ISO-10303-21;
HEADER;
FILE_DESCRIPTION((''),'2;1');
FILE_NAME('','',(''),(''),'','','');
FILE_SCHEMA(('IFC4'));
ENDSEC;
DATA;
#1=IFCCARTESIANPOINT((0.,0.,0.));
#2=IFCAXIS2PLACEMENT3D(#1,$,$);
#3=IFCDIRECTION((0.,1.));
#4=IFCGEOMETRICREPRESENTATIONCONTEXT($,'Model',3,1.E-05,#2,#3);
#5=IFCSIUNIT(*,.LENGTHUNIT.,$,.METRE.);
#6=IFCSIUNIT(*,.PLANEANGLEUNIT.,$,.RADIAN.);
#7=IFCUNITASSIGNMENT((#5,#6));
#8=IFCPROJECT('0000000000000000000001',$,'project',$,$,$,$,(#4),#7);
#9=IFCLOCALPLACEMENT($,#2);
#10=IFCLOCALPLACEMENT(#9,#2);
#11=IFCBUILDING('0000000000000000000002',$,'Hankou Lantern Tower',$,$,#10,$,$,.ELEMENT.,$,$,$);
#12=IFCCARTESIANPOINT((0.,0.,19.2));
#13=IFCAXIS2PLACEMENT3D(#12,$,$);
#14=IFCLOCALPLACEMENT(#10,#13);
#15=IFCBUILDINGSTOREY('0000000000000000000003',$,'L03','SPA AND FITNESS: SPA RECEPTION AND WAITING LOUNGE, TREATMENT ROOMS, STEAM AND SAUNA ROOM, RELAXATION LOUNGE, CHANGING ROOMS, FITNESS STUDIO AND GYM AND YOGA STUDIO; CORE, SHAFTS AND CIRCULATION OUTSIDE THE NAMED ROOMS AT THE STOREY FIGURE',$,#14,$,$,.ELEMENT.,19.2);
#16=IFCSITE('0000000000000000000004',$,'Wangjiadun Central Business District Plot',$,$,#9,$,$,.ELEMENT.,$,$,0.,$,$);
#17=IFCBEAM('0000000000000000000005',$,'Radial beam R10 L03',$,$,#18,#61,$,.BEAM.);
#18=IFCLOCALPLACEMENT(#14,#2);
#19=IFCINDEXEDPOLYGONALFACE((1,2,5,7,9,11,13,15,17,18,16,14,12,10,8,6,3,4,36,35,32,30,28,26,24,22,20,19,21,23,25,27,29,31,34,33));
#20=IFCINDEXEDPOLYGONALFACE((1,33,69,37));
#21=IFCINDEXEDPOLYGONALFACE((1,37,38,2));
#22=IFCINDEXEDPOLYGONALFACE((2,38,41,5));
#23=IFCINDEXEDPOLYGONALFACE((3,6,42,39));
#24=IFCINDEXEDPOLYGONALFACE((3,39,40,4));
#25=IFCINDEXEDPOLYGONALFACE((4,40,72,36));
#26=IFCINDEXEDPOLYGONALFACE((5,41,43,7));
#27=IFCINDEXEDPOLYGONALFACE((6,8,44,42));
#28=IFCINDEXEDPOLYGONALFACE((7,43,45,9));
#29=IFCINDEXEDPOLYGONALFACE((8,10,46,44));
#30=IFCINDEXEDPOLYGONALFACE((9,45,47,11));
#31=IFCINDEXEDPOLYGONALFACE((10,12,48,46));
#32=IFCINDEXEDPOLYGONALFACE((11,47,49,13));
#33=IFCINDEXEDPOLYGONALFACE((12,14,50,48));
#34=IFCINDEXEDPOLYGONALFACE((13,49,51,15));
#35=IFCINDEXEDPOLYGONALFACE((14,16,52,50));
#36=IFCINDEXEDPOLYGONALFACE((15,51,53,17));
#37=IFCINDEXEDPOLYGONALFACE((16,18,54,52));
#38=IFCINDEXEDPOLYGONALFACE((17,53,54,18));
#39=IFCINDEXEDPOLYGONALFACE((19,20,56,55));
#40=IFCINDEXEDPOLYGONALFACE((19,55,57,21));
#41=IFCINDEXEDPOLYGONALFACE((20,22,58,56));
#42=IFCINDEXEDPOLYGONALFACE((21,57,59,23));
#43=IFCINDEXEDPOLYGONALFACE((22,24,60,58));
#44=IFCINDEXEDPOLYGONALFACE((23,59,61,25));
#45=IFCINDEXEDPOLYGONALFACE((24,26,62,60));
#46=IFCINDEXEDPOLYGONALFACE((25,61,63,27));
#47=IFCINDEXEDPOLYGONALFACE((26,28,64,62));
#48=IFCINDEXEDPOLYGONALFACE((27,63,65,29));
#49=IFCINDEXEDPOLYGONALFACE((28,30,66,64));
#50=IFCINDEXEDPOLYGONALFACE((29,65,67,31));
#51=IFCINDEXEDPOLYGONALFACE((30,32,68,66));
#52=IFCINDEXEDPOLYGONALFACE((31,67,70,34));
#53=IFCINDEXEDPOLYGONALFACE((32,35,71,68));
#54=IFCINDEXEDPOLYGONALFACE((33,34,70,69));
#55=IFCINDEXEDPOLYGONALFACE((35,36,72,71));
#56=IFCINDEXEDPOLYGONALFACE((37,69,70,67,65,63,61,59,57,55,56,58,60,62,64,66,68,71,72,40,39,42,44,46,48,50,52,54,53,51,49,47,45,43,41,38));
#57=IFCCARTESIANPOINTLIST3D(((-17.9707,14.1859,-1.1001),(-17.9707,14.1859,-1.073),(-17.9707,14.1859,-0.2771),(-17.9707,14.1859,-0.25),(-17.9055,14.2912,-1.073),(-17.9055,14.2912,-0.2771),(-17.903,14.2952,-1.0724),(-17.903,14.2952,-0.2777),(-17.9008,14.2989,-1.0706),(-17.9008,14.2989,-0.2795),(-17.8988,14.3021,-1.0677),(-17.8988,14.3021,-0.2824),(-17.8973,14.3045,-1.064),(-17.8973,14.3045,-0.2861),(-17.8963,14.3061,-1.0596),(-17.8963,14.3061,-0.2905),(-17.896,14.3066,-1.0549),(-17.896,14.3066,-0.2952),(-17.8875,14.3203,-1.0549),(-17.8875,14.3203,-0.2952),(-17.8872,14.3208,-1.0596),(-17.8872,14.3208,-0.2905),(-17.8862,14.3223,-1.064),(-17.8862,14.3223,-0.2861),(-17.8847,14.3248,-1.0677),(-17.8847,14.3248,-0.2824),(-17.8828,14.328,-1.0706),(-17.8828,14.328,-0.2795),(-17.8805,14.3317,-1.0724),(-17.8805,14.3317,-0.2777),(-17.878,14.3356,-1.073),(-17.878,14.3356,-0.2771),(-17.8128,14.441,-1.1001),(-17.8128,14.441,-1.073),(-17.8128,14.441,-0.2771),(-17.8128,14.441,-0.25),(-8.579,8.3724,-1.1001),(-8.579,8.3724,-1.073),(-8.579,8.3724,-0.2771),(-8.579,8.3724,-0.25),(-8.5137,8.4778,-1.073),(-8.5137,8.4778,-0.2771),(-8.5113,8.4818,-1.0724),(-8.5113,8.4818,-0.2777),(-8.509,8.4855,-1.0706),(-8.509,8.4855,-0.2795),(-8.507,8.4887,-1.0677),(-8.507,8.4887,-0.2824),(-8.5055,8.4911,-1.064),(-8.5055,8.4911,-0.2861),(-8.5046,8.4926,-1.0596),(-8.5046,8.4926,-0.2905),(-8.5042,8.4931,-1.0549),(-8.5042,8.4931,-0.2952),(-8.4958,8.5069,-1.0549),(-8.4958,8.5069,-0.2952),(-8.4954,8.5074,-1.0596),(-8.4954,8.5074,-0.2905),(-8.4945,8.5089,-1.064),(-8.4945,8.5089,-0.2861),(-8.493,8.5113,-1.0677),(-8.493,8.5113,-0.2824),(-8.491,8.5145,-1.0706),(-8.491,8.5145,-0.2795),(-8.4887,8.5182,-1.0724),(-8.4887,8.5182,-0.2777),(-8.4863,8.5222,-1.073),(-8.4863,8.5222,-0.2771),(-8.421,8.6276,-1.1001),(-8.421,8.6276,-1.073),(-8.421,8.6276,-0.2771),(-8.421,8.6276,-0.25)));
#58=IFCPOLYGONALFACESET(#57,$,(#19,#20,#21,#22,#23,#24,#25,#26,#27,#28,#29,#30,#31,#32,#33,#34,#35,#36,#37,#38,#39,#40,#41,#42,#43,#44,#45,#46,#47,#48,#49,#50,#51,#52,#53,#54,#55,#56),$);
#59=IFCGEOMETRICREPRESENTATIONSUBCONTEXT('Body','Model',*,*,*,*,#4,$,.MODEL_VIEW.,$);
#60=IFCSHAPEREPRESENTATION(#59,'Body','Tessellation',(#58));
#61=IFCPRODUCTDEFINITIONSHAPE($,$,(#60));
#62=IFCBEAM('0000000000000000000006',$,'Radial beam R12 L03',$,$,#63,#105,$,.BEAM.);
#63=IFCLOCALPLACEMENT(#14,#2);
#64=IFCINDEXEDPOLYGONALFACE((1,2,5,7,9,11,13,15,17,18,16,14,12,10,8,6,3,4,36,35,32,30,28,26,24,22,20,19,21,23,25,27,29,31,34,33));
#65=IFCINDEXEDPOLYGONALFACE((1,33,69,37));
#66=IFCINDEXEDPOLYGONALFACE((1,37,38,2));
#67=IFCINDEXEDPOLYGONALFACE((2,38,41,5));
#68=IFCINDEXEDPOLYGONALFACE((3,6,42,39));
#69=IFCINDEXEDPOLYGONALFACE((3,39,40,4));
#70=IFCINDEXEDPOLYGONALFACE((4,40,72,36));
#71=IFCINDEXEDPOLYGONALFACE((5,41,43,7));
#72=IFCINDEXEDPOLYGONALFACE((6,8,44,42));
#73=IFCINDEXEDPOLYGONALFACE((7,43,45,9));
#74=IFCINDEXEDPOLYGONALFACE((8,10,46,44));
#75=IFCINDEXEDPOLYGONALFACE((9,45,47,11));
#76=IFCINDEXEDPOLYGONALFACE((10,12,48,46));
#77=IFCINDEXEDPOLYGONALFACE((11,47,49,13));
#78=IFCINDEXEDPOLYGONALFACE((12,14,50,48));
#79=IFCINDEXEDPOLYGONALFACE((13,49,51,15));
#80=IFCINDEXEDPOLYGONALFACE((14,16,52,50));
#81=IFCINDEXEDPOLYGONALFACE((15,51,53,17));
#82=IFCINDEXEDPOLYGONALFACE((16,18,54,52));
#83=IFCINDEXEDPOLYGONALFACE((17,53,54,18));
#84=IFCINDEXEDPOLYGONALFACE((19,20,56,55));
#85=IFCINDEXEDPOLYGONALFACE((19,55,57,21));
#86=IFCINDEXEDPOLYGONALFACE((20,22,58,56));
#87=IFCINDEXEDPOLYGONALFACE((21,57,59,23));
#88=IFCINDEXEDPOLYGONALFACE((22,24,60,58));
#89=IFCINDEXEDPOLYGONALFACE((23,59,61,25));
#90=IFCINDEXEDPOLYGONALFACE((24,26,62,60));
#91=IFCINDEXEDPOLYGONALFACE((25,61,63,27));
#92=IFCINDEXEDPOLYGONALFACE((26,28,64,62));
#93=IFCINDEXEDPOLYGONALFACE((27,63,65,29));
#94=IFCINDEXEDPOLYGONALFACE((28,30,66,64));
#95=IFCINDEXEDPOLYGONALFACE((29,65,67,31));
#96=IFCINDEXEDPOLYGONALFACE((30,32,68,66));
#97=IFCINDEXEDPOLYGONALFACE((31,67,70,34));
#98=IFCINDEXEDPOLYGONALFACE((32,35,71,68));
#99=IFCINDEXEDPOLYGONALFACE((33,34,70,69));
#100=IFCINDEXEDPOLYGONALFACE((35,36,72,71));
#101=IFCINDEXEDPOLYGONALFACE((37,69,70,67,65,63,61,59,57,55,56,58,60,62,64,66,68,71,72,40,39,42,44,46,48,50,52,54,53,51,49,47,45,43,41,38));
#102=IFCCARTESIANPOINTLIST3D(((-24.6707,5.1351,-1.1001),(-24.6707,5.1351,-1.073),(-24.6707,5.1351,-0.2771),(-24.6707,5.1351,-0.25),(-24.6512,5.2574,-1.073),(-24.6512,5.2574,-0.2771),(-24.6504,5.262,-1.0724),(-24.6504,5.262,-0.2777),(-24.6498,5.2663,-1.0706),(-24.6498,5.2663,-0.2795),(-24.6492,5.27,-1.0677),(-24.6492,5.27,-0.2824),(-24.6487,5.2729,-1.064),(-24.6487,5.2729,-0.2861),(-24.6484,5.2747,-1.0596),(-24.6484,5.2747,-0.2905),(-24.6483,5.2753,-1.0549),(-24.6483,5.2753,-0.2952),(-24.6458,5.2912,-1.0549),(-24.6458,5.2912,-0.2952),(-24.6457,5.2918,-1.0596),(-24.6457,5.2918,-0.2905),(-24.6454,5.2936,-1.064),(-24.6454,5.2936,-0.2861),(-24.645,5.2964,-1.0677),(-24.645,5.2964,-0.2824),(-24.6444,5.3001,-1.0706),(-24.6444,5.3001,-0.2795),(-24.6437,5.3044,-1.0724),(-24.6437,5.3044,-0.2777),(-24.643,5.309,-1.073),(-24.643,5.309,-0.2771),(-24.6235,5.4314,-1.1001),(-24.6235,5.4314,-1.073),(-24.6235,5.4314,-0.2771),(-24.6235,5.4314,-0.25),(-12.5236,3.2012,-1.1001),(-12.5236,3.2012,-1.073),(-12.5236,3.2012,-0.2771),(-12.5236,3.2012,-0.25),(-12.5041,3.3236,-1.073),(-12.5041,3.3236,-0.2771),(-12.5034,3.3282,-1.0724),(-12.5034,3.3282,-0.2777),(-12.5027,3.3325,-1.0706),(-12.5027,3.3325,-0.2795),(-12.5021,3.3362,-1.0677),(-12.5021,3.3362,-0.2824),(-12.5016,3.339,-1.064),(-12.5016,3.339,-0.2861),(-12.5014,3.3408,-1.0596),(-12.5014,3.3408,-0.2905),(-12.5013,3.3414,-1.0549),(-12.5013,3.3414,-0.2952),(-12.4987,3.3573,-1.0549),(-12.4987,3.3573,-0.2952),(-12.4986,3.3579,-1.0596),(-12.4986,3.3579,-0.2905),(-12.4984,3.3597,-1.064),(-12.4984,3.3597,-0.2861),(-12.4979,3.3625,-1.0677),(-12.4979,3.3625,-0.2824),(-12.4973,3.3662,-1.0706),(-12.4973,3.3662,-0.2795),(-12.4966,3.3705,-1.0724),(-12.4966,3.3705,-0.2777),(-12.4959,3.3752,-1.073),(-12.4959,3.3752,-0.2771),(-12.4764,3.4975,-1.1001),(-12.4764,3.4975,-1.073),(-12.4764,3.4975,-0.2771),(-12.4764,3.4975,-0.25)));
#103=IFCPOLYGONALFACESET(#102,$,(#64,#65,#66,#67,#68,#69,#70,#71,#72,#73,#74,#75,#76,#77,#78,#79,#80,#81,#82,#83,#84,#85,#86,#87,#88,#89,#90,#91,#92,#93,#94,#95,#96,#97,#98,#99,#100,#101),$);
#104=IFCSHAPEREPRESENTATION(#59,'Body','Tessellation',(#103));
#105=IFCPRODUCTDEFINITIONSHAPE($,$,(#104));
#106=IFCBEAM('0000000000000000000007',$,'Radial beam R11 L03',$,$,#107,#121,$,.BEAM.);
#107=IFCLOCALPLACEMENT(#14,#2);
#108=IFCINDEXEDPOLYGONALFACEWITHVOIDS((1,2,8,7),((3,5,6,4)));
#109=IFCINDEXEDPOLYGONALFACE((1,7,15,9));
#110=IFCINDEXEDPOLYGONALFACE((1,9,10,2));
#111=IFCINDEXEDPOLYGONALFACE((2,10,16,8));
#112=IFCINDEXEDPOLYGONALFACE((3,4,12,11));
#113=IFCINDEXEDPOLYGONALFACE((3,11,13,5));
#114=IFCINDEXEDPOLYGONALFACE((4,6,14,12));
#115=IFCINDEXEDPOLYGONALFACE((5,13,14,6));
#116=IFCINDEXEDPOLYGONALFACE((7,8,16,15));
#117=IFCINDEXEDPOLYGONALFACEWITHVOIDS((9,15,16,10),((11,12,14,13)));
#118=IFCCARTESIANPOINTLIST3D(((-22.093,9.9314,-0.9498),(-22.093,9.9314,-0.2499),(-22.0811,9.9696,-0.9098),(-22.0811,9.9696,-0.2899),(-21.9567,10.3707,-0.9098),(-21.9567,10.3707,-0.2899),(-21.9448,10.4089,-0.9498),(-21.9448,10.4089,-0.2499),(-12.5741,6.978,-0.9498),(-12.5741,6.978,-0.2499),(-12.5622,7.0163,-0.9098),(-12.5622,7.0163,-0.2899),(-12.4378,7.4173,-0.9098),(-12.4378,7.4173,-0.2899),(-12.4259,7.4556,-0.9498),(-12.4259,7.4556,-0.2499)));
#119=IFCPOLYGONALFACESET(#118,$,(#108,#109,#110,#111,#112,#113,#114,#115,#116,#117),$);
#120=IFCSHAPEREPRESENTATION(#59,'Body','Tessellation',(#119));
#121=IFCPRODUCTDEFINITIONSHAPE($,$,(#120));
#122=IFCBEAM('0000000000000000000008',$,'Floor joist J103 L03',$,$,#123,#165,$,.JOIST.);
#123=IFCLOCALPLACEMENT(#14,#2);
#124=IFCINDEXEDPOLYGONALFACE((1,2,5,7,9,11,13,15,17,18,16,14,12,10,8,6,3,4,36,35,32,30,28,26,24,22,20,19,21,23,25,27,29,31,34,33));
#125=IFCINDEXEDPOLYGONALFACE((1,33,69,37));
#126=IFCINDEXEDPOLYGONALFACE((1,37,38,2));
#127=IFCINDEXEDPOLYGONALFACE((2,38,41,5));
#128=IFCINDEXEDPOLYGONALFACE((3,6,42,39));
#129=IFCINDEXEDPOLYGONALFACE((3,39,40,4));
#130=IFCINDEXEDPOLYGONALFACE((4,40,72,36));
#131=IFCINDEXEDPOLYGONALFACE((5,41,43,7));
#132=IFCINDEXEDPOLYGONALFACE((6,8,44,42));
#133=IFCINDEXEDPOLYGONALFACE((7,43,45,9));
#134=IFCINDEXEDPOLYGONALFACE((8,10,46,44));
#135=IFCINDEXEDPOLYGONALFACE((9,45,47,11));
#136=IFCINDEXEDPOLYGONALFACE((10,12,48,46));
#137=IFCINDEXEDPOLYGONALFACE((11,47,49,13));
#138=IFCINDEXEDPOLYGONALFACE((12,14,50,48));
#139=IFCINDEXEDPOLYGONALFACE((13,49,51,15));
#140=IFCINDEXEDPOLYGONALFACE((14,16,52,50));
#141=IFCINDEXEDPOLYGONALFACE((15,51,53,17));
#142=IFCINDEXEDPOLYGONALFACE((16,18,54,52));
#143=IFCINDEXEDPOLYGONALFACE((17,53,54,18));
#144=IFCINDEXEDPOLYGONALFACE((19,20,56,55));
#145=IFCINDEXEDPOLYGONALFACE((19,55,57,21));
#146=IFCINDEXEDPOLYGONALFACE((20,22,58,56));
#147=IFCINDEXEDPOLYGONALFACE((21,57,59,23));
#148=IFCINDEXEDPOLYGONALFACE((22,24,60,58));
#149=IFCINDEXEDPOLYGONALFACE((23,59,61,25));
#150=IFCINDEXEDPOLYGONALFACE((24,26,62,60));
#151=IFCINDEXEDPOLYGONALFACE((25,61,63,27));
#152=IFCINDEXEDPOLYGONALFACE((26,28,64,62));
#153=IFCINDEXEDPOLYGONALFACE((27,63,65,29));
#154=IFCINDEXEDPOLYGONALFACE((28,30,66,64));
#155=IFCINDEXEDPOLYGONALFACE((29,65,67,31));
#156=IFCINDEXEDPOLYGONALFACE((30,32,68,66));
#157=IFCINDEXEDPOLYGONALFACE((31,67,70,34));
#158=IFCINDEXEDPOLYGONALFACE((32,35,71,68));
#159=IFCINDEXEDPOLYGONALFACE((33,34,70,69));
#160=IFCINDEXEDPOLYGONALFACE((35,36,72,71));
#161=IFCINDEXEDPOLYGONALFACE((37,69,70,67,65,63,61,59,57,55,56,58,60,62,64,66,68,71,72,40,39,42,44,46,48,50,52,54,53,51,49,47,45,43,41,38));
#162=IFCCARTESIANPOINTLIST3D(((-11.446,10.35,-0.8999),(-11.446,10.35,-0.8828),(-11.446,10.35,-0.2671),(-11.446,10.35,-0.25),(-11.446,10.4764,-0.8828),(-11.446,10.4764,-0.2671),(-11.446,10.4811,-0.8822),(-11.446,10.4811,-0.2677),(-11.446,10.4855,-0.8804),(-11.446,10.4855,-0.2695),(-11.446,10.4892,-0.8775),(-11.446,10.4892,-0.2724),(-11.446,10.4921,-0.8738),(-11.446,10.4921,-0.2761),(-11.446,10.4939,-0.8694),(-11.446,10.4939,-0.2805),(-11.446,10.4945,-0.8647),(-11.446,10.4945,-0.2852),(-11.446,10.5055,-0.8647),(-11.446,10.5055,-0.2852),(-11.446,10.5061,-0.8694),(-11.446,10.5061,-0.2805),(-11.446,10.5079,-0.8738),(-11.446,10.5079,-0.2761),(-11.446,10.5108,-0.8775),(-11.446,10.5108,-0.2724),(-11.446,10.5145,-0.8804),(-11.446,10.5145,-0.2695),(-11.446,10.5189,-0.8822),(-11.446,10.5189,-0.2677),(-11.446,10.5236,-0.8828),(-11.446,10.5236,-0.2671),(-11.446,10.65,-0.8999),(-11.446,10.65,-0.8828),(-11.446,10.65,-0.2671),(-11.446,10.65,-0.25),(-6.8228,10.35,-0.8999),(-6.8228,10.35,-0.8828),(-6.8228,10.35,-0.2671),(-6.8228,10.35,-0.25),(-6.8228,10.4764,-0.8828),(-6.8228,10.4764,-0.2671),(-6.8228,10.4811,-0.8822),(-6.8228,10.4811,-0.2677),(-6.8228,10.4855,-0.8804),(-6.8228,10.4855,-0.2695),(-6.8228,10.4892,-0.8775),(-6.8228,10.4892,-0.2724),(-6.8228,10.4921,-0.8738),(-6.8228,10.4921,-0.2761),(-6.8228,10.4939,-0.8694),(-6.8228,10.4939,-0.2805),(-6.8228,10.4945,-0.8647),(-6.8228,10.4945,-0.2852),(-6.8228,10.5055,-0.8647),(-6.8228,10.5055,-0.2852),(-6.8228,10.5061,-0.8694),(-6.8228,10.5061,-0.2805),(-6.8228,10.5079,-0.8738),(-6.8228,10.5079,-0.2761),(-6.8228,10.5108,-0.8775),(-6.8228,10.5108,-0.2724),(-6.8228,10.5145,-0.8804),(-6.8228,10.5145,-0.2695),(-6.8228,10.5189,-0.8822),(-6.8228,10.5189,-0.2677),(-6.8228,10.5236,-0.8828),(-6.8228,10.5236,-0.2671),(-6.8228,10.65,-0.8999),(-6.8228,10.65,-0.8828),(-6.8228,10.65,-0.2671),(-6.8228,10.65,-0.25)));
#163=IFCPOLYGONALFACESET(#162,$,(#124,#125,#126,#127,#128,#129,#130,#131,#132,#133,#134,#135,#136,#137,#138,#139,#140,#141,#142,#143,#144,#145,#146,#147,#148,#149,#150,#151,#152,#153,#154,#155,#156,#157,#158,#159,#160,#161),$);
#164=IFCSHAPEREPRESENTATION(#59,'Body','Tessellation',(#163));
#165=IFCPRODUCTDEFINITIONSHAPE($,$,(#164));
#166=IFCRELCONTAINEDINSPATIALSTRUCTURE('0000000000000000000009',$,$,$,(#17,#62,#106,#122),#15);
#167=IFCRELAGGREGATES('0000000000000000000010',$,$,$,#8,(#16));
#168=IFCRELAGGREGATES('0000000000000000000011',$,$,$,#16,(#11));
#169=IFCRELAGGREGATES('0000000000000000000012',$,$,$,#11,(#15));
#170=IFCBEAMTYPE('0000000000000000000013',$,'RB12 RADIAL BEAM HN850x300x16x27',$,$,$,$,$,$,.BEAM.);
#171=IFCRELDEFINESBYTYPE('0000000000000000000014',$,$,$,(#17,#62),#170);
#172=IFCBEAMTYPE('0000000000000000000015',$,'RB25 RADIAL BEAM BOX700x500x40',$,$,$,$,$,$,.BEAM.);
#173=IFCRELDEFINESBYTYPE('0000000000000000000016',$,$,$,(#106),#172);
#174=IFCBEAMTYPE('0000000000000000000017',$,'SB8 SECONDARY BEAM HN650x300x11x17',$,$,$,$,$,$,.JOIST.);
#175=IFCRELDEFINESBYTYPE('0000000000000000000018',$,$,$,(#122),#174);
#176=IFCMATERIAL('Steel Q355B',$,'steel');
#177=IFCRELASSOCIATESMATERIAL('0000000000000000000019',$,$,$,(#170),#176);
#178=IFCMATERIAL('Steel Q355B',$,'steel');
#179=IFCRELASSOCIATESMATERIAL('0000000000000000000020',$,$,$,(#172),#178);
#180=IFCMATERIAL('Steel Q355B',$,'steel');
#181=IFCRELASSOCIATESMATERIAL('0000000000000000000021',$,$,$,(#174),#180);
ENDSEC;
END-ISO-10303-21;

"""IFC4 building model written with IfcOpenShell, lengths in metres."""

from ifc_helpers import new_model, si_unit, direction, frame, origin, origin_2d, place, context, subcontext, project, spatial, hollow_rectangle, i_section, extrude, material, material_profile, profile_set, type_object, element, save


model = new_model("IFC4")

# Units and contexts
model_context = context("Model", 3, precision=1e-05, world=origin(), true_north=direction((0.0, 1.0)))
body_context = subcontext(model_context, "Body", "Model", "MODEL_VIEW")
ifc_project = project(units=[si_unit("LENGTHUNIT", "METRE"), si_unit("PLANEANGLEUNIT", "RADIAN")], contexts=[model_context])

# Site, building, storey
site_placement = place(None, origin())
site = spatial("IfcSite", under=ifc_project, at=site_placement, Name="Wangjiadun Central Business District Plot", CompositionType="ELEMENT", RefElevation=0.0)
building_placement = place(site_placement, origin())
building = spatial("IfcBuilding", under=site, at=building_placement, Name="Hankou Lantern Tower", CompositionType="ELEMENT")
storey_placement = place(building_placement, frame((0.0, 0.0, 19.2)))
storey = spatial("IfcBuildingStorey", under=building, at=storey_placement, Name="L03", Description="SPA AND FITNESS: SPA RECEPTION AND WAITING LOUNGE, TREATMENT ROOMS, STEAM AND SAUNA ROOM, RELAXATION LOUNGE, CHANGING ROOMS, FITNESS STUDIO AND GYM AND YOGA STUDIO; CORE, SHAFTS AND CIRCULATION OUTSIDE THE NAMED ROOMS AT THE STOREY FIGURE", CompositionType="ELEMENT", Elevation=19.2)

# Beams
ifc_material_1 = material(Name="Steel Q355B", Category="steel")
ifc_material_profile_1 = material_profile(ifc_material_1, i_section(OverallWidth=0.3, OverallDepth=0.8501, WebThickness=0.0161, FlangeThickness=0.0271, FilletRadius=0.0181, at=origin_2d()), Name="HN850x300x16x27")
ifc_profile_set_1 = profile_set([ifc_material_profile_1], Name="Steel Q355B")
beam_type_1 = type_object("IfcBeamType", Name="RB12 RADIAL BEAM HN850x300x16x27", PredefinedType="BEAM", material=ifc_profile_set_1)
beam_1_placement = place(storey_placement, frame((-8.5, 8.5, -0.675), z_axis=(-0.850286, 0.52632, 0.0), x_axis=(-0.52632, -0.850286, 0.0)))
element("IfcBeam", 1, at=beam_1_placement, inside=storey, type_object=beam_type_1, Name="Radial beam R10 L03", PredefinedType="BEAM", context=body_context, shape_type="SweptSolid", body=[
    extrude(i_section(OverallWidth=0.3, OverallDepth=0.8501, WebThickness=0.0161, FlangeThickness=0.0271, FilletRadius=0.0181, at=origin_2d()), origin(), (0.0, 0.0, 1.0), 11.0454),
])
beam_2_placement = place(storey_placement, frame((-12.5, 3.3494, -0.675), z_axis=(-0.987563, 0.157223, 0.0), x_axis=(-0.157223, -0.987563, 0.0)))
element("IfcBeam", 2, at=beam_2_placement, inside=storey, type_object=beam_type_1, Name="Radial beam R12 L03", PredefinedType="BEAM", context=body_context, shape_type="SweptSolid", body=[
    extrude(i_section(OverallWidth=0.3, OverallDepth=0.8501, WebThickness=0.0161, FlangeThickness=0.0271, FilletRadius=0.0181, at=origin_2d()), origin(), (0.0, 0.0, 1.0), 12.3),
])
ifc_material_2 = material(Name="Steel Q355B", Category="steel")
ifc_material_profile_2 = material_profile(ifc_material_2, hollow_rectangle(XDim=0.5, YDim=0.7, WallThickness=0.04, at=origin_2d()), Name="BOX700x500x40")
ifc_profile_set_2 = profile_set([ifc_material_profile_2], Name="Steel Q355B")
beam_type_2 = type_object("IfcBeamType", Name="RB25 RADIAL BEAM BOX700x500x40", PredefinedType="BEAM", material=ifc_profile_set_2)
beam_3_placement = place(storey_placement, frame((-12.5, 7.2168, -0.5999), z_axis=(-0.955087, 0.296324, 0.0), x_axis=(-0.296324, -0.955087, 0.0)))
element("IfcBeam", 3, at=beam_3_placement, inside=storey, type_object=beam_type_2, Name="Radial beam R11 L03", PredefinedType="BEAM", context=body_context, shape_type="SweptSolid", body=[
    extrude(hollow_rectangle(XDim=0.5, YDim=0.7, WallThickness=0.04, at=origin_2d()), origin(), (0.0, 0.0, 1.0), 9.9666),
])
ifc_material_3 = material(Name="Steel Q355B", Category="steel")
ifc_material_profile_3 = material_profile(ifc_material_3, i_section(OverallWidth=0.3, OverallDepth=0.6499, WebThickness=0.011, FlangeThickness=0.0171, FilletRadius=0.0181, at=origin_2d()), Name="HN650x300x11x17")
ifc_profile_set_3 = profile_set([ifc_material_profile_3], Name="Steel Q355B")
beam_type_3 = type_object("IfcBeamType", Name="SB8 SECONDARY BEAM HN650x300x11x17", PredefinedType="JOIST", material=ifc_profile_set_3)
beam_4_placement = place(storey_placement, frame((-11.446, 10.5, -0.575), z_axis=(1.0, 0.0, 0.0), x_axis=(0.0, 1.0, 0.0)))
element("IfcBeam", 4, at=beam_4_placement, inside=storey, type_object=beam_type_3, Name="Floor joist J103 L03", PredefinedType="JOIST", context=body_context, shape_type="SweptSolid", body=[
    extrude(i_section(OverallWidth=0.3, OverallDepth=0.6499, WebThickness=0.011, FlangeThickness=0.0171, FilletRadius=0.0181, at=origin_2d()), origin(), (0.0, 0.0, 1.0), 4.6233),
])

save(model, "model.ifc")
